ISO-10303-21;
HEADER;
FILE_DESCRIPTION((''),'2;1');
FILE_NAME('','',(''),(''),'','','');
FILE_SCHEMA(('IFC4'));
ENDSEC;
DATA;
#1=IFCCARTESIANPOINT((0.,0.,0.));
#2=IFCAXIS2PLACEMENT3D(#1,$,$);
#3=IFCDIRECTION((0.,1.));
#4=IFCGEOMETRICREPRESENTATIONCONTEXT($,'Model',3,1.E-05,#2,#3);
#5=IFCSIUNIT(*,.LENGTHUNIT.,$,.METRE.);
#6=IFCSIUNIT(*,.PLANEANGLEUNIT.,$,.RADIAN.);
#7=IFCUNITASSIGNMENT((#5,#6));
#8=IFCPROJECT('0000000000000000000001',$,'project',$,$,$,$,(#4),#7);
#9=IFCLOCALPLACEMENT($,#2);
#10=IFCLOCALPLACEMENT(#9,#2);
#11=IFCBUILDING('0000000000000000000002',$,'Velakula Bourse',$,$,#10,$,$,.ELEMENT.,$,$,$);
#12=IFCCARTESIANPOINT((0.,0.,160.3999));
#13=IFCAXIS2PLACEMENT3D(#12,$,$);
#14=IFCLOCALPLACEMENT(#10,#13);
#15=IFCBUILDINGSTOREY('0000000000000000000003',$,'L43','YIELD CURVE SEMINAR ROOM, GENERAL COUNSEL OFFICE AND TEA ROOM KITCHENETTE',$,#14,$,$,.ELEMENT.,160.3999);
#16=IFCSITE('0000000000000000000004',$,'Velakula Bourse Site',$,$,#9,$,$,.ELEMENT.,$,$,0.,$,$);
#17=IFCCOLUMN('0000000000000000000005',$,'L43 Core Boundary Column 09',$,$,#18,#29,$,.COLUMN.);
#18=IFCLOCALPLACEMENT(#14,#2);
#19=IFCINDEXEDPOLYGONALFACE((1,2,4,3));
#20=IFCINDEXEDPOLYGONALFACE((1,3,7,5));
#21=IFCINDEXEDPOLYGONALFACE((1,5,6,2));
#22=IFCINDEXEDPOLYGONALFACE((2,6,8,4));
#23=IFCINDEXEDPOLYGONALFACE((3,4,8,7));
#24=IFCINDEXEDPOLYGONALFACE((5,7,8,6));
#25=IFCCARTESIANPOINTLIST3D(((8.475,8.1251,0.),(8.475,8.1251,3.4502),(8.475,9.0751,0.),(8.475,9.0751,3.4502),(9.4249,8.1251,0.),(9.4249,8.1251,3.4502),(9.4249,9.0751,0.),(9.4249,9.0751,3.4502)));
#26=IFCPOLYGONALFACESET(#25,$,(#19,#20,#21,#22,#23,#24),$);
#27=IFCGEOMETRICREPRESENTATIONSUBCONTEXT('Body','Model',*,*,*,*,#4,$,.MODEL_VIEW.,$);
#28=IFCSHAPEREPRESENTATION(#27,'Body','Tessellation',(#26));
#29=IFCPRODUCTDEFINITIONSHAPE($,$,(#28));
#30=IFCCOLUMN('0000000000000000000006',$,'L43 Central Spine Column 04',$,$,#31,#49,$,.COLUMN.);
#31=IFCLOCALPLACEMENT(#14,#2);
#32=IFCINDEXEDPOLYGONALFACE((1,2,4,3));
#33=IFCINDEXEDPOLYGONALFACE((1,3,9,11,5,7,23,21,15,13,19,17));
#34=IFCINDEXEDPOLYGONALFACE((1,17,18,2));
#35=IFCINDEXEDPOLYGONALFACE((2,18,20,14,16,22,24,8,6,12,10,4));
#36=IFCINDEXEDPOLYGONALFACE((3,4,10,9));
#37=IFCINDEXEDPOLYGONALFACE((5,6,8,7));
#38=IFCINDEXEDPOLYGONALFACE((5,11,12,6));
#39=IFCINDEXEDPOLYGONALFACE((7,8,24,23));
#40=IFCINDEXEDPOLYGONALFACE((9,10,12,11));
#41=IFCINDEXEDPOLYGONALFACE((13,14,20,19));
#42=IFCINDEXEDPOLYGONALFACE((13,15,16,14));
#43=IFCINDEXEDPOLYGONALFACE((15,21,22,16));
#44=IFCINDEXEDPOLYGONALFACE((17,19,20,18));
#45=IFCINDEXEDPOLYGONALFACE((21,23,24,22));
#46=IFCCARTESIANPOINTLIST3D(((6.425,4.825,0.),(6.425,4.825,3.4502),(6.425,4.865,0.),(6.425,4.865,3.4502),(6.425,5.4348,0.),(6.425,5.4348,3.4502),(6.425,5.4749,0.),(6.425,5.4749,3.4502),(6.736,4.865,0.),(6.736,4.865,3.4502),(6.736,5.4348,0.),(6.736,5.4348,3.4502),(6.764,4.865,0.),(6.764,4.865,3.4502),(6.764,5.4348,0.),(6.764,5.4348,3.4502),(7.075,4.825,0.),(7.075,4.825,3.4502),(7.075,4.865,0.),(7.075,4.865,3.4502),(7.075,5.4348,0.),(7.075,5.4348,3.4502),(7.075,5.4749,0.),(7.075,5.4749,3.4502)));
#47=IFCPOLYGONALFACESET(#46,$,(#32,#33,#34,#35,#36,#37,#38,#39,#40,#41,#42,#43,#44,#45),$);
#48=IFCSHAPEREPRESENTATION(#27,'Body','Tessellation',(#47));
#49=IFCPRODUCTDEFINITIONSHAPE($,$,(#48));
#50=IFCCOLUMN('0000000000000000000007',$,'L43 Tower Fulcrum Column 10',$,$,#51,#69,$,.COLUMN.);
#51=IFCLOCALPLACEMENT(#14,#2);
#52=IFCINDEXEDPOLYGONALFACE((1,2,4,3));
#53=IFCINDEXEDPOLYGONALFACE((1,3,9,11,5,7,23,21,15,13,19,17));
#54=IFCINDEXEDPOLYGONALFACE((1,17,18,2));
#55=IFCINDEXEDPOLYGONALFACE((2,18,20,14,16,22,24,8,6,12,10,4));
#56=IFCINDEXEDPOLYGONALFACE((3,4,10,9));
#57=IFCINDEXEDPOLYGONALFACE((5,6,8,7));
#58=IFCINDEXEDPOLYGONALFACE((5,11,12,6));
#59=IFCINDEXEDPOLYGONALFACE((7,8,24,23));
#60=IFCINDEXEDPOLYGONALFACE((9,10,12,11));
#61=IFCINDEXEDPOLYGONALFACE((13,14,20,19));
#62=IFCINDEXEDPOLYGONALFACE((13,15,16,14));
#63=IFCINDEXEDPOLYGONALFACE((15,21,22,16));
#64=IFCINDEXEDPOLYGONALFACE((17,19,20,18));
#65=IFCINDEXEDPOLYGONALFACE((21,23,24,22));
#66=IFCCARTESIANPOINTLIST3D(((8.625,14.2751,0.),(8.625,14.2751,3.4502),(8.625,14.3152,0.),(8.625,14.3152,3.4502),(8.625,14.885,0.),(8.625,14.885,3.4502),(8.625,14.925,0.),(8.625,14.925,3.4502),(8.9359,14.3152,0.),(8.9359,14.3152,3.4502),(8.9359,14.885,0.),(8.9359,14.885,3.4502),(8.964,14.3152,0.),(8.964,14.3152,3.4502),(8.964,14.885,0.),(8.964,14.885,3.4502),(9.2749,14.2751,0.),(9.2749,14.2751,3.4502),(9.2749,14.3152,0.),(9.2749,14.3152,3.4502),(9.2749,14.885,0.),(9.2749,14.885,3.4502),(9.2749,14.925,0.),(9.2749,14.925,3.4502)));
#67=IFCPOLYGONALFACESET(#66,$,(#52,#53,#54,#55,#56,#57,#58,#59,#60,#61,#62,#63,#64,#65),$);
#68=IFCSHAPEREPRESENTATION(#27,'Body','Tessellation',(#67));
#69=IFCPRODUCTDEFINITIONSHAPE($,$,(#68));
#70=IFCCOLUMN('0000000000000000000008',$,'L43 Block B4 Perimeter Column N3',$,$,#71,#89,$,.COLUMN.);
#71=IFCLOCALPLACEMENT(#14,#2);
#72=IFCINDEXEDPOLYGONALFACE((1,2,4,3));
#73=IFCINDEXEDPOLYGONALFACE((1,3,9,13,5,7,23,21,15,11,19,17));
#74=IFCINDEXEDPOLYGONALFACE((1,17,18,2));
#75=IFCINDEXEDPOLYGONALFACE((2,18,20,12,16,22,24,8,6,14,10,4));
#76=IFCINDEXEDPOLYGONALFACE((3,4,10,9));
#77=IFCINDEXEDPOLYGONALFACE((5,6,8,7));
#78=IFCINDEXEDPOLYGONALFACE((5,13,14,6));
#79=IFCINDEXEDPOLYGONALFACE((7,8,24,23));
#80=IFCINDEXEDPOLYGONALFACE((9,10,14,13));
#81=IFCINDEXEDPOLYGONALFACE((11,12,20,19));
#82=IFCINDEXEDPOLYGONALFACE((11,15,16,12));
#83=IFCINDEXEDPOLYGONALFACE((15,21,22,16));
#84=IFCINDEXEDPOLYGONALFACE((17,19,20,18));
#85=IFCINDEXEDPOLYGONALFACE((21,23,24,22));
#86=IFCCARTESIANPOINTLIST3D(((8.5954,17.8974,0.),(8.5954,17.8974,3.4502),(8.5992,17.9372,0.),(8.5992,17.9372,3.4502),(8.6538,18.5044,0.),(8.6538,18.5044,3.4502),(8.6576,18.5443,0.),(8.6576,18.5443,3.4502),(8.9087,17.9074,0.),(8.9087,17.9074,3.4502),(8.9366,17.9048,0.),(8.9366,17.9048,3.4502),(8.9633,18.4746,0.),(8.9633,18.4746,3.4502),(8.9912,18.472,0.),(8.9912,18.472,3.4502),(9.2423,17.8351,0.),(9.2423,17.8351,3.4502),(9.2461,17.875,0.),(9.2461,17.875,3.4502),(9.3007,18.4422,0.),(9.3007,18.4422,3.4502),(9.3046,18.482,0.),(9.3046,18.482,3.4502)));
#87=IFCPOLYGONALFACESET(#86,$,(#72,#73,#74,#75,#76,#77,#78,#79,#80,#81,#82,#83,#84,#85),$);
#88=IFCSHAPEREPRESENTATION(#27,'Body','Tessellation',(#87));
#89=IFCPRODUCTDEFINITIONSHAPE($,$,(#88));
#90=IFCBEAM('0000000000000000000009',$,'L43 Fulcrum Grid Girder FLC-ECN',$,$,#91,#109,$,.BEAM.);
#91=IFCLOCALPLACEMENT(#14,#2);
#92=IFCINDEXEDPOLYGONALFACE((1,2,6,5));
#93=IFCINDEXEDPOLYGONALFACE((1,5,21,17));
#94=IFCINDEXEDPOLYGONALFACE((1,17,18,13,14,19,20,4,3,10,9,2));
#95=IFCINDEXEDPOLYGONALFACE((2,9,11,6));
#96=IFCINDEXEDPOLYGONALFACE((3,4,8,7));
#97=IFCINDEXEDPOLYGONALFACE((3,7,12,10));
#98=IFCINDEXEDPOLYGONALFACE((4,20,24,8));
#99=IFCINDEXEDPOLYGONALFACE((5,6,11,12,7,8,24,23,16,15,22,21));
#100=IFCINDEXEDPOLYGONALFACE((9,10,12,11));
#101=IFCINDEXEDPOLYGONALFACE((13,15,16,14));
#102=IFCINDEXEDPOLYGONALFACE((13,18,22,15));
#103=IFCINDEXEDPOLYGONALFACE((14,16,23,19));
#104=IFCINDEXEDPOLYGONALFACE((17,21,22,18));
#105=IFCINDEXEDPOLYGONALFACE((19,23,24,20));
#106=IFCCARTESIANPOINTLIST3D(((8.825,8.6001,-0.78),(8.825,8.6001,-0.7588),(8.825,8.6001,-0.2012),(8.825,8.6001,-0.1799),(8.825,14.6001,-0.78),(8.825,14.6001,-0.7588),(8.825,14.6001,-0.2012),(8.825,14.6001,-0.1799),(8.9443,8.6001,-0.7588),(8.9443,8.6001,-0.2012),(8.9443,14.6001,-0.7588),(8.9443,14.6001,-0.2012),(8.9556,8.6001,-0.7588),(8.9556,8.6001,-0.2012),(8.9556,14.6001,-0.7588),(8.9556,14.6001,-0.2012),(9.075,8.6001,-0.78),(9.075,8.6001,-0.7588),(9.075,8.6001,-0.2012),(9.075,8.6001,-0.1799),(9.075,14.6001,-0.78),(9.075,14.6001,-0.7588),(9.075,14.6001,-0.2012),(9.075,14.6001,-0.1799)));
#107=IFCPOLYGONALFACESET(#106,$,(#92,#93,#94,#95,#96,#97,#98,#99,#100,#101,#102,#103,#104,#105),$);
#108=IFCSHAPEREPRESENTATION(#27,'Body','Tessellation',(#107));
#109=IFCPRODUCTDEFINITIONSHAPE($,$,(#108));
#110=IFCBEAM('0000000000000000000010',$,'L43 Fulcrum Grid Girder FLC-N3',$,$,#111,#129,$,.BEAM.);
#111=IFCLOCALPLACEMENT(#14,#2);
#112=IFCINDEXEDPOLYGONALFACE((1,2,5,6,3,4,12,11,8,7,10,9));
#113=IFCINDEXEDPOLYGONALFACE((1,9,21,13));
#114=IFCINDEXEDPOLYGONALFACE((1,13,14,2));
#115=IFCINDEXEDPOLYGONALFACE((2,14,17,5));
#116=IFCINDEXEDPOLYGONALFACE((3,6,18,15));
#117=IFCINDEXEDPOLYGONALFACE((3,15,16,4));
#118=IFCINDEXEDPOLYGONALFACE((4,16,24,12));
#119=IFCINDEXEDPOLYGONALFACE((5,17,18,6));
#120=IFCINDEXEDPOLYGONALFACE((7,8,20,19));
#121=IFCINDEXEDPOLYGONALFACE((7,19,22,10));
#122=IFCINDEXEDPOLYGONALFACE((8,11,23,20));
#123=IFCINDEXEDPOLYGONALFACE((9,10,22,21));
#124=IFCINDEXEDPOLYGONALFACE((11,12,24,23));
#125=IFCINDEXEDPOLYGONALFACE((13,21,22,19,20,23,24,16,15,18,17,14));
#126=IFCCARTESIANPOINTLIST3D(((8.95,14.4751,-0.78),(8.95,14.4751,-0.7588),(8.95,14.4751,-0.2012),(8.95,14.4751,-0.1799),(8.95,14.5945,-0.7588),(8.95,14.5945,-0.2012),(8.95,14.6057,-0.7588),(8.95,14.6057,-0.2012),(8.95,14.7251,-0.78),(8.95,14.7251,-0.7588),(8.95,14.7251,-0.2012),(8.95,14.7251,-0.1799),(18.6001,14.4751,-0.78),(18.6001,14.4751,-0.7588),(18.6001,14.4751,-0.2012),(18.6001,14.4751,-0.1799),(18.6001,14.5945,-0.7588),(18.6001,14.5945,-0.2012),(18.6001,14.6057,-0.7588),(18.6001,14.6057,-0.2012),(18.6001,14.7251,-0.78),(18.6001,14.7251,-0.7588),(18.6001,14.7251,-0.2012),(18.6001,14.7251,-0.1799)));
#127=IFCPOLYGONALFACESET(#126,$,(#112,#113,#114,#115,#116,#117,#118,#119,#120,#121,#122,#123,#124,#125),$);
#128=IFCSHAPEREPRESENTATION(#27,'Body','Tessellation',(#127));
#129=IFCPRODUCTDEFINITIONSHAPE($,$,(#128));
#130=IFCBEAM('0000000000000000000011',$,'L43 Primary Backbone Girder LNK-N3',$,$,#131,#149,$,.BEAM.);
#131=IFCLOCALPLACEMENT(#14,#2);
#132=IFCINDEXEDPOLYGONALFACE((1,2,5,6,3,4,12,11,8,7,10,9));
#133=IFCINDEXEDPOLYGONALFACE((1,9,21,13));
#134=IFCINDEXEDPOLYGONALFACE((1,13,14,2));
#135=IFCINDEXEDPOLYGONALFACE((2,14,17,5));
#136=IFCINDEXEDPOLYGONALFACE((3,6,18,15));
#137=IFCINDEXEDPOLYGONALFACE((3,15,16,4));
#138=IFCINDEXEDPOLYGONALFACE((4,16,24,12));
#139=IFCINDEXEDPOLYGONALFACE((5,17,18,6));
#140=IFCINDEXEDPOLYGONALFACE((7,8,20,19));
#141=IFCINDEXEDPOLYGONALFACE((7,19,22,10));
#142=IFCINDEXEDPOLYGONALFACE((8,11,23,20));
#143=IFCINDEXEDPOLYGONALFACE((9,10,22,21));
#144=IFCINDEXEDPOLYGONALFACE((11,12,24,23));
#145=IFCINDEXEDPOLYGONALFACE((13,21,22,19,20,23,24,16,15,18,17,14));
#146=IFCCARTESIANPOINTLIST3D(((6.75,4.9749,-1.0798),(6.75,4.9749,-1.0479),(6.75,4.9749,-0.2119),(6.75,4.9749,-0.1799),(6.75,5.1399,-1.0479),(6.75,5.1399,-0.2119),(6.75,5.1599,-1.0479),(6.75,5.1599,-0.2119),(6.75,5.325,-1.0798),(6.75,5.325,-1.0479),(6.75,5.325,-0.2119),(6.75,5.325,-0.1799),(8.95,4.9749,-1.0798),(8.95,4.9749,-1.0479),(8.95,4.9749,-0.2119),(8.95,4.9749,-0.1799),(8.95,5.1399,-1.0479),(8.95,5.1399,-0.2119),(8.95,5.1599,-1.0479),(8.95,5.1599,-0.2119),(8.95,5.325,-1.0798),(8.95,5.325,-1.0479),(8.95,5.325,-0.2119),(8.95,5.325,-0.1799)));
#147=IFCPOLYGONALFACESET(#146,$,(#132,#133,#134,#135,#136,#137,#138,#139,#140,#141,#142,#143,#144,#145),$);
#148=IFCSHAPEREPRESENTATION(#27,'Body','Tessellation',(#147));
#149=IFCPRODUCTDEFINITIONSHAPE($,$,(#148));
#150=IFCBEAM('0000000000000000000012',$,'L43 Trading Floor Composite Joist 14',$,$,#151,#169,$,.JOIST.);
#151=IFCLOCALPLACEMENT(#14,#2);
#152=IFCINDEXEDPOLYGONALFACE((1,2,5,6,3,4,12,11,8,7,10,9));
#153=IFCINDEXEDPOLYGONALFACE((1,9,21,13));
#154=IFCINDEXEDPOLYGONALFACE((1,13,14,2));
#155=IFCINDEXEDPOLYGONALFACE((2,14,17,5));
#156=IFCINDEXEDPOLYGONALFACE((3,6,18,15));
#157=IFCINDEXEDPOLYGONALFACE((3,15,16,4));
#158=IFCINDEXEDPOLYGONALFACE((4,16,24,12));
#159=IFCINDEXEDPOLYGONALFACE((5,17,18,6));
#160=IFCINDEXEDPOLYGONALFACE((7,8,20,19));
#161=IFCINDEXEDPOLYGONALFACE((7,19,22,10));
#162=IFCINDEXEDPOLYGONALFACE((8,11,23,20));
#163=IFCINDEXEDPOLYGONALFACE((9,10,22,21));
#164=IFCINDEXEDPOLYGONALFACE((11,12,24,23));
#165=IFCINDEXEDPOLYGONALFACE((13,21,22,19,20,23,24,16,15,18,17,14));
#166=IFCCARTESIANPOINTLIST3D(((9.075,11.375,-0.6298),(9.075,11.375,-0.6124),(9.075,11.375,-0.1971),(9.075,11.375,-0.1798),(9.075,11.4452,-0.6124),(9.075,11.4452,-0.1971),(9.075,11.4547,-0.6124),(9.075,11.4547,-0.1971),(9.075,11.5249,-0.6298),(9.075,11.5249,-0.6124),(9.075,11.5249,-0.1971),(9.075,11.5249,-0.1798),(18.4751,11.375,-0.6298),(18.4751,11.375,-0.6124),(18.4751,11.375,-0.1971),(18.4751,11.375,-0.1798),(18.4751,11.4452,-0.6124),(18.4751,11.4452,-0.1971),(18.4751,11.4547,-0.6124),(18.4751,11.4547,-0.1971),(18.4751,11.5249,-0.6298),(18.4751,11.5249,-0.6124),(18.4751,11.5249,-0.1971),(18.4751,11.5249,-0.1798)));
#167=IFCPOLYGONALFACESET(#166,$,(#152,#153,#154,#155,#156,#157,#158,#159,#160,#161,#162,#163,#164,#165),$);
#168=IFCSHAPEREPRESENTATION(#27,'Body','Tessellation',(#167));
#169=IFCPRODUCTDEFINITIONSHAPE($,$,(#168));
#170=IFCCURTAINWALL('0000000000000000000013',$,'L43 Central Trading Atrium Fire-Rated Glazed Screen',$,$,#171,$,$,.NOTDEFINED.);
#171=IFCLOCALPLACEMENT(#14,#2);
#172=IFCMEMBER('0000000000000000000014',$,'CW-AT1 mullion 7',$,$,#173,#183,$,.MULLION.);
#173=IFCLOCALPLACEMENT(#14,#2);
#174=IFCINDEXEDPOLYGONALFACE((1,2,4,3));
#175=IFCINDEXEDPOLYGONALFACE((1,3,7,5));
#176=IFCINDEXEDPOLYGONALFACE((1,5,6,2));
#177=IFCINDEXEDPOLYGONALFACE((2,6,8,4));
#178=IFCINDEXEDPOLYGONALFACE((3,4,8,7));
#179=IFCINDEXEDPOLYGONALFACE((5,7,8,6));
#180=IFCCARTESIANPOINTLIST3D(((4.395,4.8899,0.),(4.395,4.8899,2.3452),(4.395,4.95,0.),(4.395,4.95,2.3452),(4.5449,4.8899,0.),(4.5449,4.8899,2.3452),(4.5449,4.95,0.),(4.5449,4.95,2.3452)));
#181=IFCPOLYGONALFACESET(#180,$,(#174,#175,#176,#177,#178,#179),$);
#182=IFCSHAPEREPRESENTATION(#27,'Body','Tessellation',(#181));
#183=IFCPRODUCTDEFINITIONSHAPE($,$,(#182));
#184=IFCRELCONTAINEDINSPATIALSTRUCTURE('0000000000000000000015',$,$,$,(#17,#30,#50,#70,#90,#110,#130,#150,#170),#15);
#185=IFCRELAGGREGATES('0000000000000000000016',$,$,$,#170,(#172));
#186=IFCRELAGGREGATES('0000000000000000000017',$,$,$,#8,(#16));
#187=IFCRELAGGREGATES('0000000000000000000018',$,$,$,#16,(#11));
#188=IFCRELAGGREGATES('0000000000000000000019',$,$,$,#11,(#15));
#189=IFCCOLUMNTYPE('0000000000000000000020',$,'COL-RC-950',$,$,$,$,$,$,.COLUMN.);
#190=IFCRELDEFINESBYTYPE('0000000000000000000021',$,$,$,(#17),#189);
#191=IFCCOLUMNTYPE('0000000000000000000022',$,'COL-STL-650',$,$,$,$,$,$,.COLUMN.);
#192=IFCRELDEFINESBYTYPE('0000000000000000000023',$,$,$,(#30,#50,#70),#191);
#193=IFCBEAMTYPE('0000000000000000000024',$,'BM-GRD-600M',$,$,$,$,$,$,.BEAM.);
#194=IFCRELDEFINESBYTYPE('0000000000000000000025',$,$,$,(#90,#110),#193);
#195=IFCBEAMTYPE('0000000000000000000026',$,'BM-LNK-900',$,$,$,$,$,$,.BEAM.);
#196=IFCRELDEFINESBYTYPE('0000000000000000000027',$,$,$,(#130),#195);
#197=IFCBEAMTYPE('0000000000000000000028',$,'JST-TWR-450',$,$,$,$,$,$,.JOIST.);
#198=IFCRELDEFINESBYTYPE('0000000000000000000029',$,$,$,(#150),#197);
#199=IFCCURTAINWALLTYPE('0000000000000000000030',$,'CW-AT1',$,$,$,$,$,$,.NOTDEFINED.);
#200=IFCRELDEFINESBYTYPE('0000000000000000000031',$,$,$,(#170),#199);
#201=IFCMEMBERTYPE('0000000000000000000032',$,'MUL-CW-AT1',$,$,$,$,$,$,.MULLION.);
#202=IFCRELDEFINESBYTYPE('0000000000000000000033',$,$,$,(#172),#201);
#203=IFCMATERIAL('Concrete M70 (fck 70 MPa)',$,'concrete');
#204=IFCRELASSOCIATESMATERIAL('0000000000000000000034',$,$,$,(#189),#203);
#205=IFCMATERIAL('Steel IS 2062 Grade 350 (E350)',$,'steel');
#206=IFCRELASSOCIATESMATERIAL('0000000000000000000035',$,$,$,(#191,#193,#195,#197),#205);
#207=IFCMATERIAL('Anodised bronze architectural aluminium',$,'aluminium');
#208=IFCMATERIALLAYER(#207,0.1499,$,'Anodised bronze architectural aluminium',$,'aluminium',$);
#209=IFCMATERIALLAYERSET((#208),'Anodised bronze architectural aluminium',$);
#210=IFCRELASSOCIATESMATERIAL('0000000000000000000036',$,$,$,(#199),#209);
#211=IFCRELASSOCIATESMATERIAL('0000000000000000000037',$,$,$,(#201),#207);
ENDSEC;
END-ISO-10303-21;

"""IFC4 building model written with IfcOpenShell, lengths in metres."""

from ifc_helpers import new_model, si_unit, direction, frame, origin, origin_2d, place, context, subcontext, project, spatial, rectangle, i_section, extrude, material, layer, layer_set, material_profile, profile_set, type_object, element, aggregate, save


model = new_model("IFC4")

# Units and contexts
model_context = context("Model", 3, precision=1e-05, world=origin(), true_north=direction((0.0, 1.0)))
body_context = subcontext(model_context, "Body", "Model", "MODEL_VIEW")
ifc_project = project(units=[si_unit("LENGTHUNIT", "METRE"), si_unit("PLANEANGLEUNIT", "RADIAN")], contexts=[model_context])

# Site, building, storey
site_placement = place(None, origin())
site = spatial("IfcSite", under=ifc_project, at=site_placement, Name="Velakula Bourse Site", CompositionType="ELEMENT", RefElevation=0.0)
building_placement = place(site_placement, origin())
building = spatial("IfcBuilding", under=site, at=building_placement, Name="Velakula Bourse", CompositionType="ELEMENT")
storey_placement = place(building_placement, frame((0.0, 0.0, 160.3999)))
storey = spatial("IfcBuildingStorey", under=building, at=storey_placement, Name="L43", Description="YIELD CURVE SEMINAR ROOM, GENERAL COUNSEL OFFICE AND TEA ROOM KITCHENETTE", CompositionType="ELEMENT", Elevation=160.3999)

# Columns
ifc_material_1 = material(Name="Concrete M70 (fck 70 MPa)", Category="concrete")
ifc_material_profile_1 = material_profile(ifc_material_1, rectangle(XDim=0.95, YDim=0.95, at=origin_2d()), Name="Concrete M70 (fck 70 MPa)")
ifc_profile_set_1 = profile_set([ifc_material_profile_1], Name="Concrete M70 (fck 70 MPa)")
column_type_1 = type_object("IfcColumnType", Name="COL-RC-950", PredefinedType="COLUMN", material=ifc_profile_set_1)
column_placement = place(storey_placement, frame((8.95, 8.6001, 0.0), z_axis=(0.0, 0.0, 1.0), x_axis=(1.0, 0.0, 0.0)))
element("IfcColumn", 1, at=column_placement, inside=storey, type_object=column_type_1, Name="L43 Core Boundary Column 09", PredefinedType="COLUMN", context=body_context, shape_type="SweptSolid", body=[
    extrude(rectangle(XDim=0.95, YDim=0.95, at=origin_2d()), origin(), (0.0, 0.0, 1.0), 3.4502),
])
ifc_material_2 = material(Name="Steel IS 2062 Grade 350 (E350)", Category="steel")
ifc_material_profile_2 = material_profile(ifc_material_2, i_section(OverallWidth=0.6499, OverallDepth=0.6499, WebThickness=0.0281, FlangeThickness=0.04, at=origin_2d()), Name="Steel IS 2062 Grade 350 (E350)")
ifc_profile_set_2 = profile_set([ifc_material_profile_2], Name="Steel IS 2062 Grade 350 (E350)")
column_type_2 = type_object("IfcColumnType", Name="COL-STL-650", PredefinedType="COLUMN", material=ifc_profile_set_2)
for number, where, z_axis, x_axis, name in (
    (2, (6.75, 5.1499, 0.0), (0.0, 0.0, 1.0), (1.0, 0.0, 0.0), "L43 Central Spine Column 04"),
    (3, (8.95, 14.6001, 0.0), (0.0, 0.0, 1.0), (1.0, 0.0, 0.0), "L43 Tower Fulcrum Column 10"),
    (4, (8.95, 18.1897, 0.0), (0.0, 0.0, 1.0), (0.995396, -0.095846, 0.0), "L43 Block B4 Perimeter Column N3"),
):
    element("IfcColumn", number, at=place(storey_placement, frame(where, z_axis=z_axis, x_axis=x_axis)), inside=storey, type_object=column_type_2, Name=name, PredefinedType="COLUMN", context=body_context, shape_type="SweptSolid", body=[
        extrude(i_section(OverallWidth=0.6499, OverallDepth=0.6499, WebThickness=0.0281, FlangeThickness=0.04, at=origin_2d()), origin(), (0.0, 0.0, 1.0), 3.4502),
    ])

# Beams
ifc_material_profile_3 = material_profile(ifc_material_2, i_section(OverallWidth=0.25, OverallDepth=0.6001, WebThickness=0.0112, FlangeThickness=0.0212, at=origin_2d()), Name="Steel IS 2062 Grade 350 (E350)")
ifc_profile_set_3 = profile_set([ifc_material_profile_3], Name="Steel IS 2062 Grade 350 (E350)")
beam_type_1 = type_object("IfcBeamType", Name="BM-GRD-600M", PredefinedType="BEAM", material=ifc_profile_set_3)
beam_1_placement = place(storey_placement, frame((8.95, 8.6001, -0.48), z_axis=(0.0, 1.0, 0.0), x_axis=(-1.0, 0.0, 0.0)))
element("IfcBeam", 5, at=beam_1_placement, inside=storey, type_object=beam_type_1, Name="L43 Fulcrum Grid Girder FLC-ECN", PredefinedType="BEAM", context=body_context, shape_type="SweptSolid", body=[
    extrude(i_section(OverallWidth=0.25, OverallDepth=0.6001, WebThickness=0.0112, FlangeThickness=0.0212, at=origin_2d()), origin(), (0.0, 0.0, 1.0), 6.0),
])
beam_2_placement = place(storey_placement, frame((8.95, 14.6001, -0.48), z_axis=(1.0, 0.0, 0.0), x_axis=(0.0, 1.0, 0.0)))
element("IfcBeam", 6, at=beam_2_placement, inside=storey, type_object=beam_type_1, Name="L43 Fulcrum Grid Girder FLC-N3", PredefinedType="BEAM", context=body_context, shape_type="SweptSolid", body=[
    extrude(i_section(OverallWidth=0.25, OverallDepth=0.6001, WebThickness=0.0112, FlangeThickness=0.0212, at=origin_2d()), origin(), (0.0, 0.0, 1.0), 9.6501),
])
ifc_material_profile_4 = material_profile(ifc_material_2, i_section(OverallWidth=0.3501, OverallDepth=0.8999, WebThickness=0.02, FlangeThickness=0.032, at=origin_2d()), Name="Steel IS 2062 Grade 350 (E350)")
ifc_profile_set_4 = profile_set([ifc_material_profile_4], Name="Steel IS 2062 Grade 350 (E350)")
beam_type_2 = type_object("IfcBeamType", Name="BM-LNK-900", PredefinedType="BEAM", material=ifc_profile_set_4)
beam_3_placement = place(storey_placement, frame((6.75, 5.1499, -0.6299), z_axis=(1.0, 0.0, 0.0), x_axis=(0.0, 1.0, 0.0)))
element("IfcBeam", 7, at=beam_3_placement, inside=storey, type_object=beam_type_2, Name="L43 Primary Backbone Girder LNK-N3", PredefinedType="BEAM", context=body_context, shape_type="SweptSolid", body=[
    extrude(i_section(OverallWidth=0.3501, OverallDepth=0.8999, WebThickness=0.02, FlangeThickness=0.032, at=origin_2d()), origin(), (0.0, 0.0, 1.0), 2.2),
])
ifc_material_profile_5 = material_profile(ifc_material_2, i_section(OverallWidth=0.1499, OverallDepth=0.45, WebThickness=0.0095, FlangeThickness=0.0173, at=origin_2d()), Name="Steel IS 2062 Grade 350 (E350)")
ifc_profile_set_5 = profile_set([ifc_material_profile_5], Name="Steel IS 2062 Grade 350 (E350)")
beam_type_3 = type_object("IfcBeamType", Name="JST-TWR-450", PredefinedType="JOIST", material=ifc_profile_set_5)
beam_4_placement = place(storey_placement, frame((9.075, 11.45, -0.4048), z_axis=(1.0, 0.0, 0.0), x_axis=(0.0, 1.0, 0.0)))
element("IfcBeam", 8, at=beam_4_placement, inside=storey, type_object=beam_type_3, Name="L43 Trading Floor Composite Joist 14", PredefinedType="JOIST", context=body_context, shape_type="SweptSolid", body=[
    extrude(i_section(OverallWidth=0.1499, OverallDepth=0.45, WebThickness=0.0095, FlangeThickness=0.0173, at=origin_2d()), origin(), (0.0, 0.0, 1.0), 9.4001),
])

# Curtain wall, member
ifc_material_3 = material(Name="Anodised bronze architectural aluminium", Category="aluminium")
ifc_layer_1 = layer(ifc_material_3, 0.1499, Name="Anodised bronze architectural aluminium", Category="aluminium")
ifc_layer_set_1 = layer_set([ifc_layer_1], Name="Anodised bronze architectural aluminium")
curtain_wall_type = type_object("IfcCurtainWallType", Name="CW-AT1", PredefinedType="NOTDEFINED", material=ifc_layer_set_1)
curtain_wall_placement = place(storey_placement, origin())
curtain_wall = element("IfcCurtainWall", 9, at=curtain_wall_placement, inside=storey, type_object=curtain_wall_type, Name="L43 Central Trading Atrium Fire-Rated Glazed Screen", PredefinedType="NOTDEFINED")
ifc_material_profile_6 = material_profile(ifc_material_3, rectangle(XDim=0.0601, YDim=0.1499, at=origin_2d()), Name="Anodised bronze architectural aluminium")
ifc_profile_set_6 = profile_set([ifc_material_profile_6], Name="Anodised bronze architectural aluminium")
member_type_1 = type_object("IfcMemberType", Name="MUL-CW-AT1", PredefinedType="MULLION", material=ifc_profile_set_6)
member_1_placement = place(storey_placement, frame((4.47, 4.9199, 0.0), z_axis=(0.0, 0.0, 1.0), x_axis=(0.0, 1.0, 0.0)))
member_1 = element("IfcMember", 10, at=member_1_placement, type_object=member_type_1, Name="CW-AT1 mullion 7", PredefinedType="MULLION", context=body_context, shape_type="SweptSolid", body=[
    extrude(rectangle(XDim=0.0601, YDim=0.1499, at=origin_2d()), origin(), (0.0, 0.0, 1.0), 2.3452),
])

aggregate(curtain_wall, [member_1])

save(model, "model.ifc")
